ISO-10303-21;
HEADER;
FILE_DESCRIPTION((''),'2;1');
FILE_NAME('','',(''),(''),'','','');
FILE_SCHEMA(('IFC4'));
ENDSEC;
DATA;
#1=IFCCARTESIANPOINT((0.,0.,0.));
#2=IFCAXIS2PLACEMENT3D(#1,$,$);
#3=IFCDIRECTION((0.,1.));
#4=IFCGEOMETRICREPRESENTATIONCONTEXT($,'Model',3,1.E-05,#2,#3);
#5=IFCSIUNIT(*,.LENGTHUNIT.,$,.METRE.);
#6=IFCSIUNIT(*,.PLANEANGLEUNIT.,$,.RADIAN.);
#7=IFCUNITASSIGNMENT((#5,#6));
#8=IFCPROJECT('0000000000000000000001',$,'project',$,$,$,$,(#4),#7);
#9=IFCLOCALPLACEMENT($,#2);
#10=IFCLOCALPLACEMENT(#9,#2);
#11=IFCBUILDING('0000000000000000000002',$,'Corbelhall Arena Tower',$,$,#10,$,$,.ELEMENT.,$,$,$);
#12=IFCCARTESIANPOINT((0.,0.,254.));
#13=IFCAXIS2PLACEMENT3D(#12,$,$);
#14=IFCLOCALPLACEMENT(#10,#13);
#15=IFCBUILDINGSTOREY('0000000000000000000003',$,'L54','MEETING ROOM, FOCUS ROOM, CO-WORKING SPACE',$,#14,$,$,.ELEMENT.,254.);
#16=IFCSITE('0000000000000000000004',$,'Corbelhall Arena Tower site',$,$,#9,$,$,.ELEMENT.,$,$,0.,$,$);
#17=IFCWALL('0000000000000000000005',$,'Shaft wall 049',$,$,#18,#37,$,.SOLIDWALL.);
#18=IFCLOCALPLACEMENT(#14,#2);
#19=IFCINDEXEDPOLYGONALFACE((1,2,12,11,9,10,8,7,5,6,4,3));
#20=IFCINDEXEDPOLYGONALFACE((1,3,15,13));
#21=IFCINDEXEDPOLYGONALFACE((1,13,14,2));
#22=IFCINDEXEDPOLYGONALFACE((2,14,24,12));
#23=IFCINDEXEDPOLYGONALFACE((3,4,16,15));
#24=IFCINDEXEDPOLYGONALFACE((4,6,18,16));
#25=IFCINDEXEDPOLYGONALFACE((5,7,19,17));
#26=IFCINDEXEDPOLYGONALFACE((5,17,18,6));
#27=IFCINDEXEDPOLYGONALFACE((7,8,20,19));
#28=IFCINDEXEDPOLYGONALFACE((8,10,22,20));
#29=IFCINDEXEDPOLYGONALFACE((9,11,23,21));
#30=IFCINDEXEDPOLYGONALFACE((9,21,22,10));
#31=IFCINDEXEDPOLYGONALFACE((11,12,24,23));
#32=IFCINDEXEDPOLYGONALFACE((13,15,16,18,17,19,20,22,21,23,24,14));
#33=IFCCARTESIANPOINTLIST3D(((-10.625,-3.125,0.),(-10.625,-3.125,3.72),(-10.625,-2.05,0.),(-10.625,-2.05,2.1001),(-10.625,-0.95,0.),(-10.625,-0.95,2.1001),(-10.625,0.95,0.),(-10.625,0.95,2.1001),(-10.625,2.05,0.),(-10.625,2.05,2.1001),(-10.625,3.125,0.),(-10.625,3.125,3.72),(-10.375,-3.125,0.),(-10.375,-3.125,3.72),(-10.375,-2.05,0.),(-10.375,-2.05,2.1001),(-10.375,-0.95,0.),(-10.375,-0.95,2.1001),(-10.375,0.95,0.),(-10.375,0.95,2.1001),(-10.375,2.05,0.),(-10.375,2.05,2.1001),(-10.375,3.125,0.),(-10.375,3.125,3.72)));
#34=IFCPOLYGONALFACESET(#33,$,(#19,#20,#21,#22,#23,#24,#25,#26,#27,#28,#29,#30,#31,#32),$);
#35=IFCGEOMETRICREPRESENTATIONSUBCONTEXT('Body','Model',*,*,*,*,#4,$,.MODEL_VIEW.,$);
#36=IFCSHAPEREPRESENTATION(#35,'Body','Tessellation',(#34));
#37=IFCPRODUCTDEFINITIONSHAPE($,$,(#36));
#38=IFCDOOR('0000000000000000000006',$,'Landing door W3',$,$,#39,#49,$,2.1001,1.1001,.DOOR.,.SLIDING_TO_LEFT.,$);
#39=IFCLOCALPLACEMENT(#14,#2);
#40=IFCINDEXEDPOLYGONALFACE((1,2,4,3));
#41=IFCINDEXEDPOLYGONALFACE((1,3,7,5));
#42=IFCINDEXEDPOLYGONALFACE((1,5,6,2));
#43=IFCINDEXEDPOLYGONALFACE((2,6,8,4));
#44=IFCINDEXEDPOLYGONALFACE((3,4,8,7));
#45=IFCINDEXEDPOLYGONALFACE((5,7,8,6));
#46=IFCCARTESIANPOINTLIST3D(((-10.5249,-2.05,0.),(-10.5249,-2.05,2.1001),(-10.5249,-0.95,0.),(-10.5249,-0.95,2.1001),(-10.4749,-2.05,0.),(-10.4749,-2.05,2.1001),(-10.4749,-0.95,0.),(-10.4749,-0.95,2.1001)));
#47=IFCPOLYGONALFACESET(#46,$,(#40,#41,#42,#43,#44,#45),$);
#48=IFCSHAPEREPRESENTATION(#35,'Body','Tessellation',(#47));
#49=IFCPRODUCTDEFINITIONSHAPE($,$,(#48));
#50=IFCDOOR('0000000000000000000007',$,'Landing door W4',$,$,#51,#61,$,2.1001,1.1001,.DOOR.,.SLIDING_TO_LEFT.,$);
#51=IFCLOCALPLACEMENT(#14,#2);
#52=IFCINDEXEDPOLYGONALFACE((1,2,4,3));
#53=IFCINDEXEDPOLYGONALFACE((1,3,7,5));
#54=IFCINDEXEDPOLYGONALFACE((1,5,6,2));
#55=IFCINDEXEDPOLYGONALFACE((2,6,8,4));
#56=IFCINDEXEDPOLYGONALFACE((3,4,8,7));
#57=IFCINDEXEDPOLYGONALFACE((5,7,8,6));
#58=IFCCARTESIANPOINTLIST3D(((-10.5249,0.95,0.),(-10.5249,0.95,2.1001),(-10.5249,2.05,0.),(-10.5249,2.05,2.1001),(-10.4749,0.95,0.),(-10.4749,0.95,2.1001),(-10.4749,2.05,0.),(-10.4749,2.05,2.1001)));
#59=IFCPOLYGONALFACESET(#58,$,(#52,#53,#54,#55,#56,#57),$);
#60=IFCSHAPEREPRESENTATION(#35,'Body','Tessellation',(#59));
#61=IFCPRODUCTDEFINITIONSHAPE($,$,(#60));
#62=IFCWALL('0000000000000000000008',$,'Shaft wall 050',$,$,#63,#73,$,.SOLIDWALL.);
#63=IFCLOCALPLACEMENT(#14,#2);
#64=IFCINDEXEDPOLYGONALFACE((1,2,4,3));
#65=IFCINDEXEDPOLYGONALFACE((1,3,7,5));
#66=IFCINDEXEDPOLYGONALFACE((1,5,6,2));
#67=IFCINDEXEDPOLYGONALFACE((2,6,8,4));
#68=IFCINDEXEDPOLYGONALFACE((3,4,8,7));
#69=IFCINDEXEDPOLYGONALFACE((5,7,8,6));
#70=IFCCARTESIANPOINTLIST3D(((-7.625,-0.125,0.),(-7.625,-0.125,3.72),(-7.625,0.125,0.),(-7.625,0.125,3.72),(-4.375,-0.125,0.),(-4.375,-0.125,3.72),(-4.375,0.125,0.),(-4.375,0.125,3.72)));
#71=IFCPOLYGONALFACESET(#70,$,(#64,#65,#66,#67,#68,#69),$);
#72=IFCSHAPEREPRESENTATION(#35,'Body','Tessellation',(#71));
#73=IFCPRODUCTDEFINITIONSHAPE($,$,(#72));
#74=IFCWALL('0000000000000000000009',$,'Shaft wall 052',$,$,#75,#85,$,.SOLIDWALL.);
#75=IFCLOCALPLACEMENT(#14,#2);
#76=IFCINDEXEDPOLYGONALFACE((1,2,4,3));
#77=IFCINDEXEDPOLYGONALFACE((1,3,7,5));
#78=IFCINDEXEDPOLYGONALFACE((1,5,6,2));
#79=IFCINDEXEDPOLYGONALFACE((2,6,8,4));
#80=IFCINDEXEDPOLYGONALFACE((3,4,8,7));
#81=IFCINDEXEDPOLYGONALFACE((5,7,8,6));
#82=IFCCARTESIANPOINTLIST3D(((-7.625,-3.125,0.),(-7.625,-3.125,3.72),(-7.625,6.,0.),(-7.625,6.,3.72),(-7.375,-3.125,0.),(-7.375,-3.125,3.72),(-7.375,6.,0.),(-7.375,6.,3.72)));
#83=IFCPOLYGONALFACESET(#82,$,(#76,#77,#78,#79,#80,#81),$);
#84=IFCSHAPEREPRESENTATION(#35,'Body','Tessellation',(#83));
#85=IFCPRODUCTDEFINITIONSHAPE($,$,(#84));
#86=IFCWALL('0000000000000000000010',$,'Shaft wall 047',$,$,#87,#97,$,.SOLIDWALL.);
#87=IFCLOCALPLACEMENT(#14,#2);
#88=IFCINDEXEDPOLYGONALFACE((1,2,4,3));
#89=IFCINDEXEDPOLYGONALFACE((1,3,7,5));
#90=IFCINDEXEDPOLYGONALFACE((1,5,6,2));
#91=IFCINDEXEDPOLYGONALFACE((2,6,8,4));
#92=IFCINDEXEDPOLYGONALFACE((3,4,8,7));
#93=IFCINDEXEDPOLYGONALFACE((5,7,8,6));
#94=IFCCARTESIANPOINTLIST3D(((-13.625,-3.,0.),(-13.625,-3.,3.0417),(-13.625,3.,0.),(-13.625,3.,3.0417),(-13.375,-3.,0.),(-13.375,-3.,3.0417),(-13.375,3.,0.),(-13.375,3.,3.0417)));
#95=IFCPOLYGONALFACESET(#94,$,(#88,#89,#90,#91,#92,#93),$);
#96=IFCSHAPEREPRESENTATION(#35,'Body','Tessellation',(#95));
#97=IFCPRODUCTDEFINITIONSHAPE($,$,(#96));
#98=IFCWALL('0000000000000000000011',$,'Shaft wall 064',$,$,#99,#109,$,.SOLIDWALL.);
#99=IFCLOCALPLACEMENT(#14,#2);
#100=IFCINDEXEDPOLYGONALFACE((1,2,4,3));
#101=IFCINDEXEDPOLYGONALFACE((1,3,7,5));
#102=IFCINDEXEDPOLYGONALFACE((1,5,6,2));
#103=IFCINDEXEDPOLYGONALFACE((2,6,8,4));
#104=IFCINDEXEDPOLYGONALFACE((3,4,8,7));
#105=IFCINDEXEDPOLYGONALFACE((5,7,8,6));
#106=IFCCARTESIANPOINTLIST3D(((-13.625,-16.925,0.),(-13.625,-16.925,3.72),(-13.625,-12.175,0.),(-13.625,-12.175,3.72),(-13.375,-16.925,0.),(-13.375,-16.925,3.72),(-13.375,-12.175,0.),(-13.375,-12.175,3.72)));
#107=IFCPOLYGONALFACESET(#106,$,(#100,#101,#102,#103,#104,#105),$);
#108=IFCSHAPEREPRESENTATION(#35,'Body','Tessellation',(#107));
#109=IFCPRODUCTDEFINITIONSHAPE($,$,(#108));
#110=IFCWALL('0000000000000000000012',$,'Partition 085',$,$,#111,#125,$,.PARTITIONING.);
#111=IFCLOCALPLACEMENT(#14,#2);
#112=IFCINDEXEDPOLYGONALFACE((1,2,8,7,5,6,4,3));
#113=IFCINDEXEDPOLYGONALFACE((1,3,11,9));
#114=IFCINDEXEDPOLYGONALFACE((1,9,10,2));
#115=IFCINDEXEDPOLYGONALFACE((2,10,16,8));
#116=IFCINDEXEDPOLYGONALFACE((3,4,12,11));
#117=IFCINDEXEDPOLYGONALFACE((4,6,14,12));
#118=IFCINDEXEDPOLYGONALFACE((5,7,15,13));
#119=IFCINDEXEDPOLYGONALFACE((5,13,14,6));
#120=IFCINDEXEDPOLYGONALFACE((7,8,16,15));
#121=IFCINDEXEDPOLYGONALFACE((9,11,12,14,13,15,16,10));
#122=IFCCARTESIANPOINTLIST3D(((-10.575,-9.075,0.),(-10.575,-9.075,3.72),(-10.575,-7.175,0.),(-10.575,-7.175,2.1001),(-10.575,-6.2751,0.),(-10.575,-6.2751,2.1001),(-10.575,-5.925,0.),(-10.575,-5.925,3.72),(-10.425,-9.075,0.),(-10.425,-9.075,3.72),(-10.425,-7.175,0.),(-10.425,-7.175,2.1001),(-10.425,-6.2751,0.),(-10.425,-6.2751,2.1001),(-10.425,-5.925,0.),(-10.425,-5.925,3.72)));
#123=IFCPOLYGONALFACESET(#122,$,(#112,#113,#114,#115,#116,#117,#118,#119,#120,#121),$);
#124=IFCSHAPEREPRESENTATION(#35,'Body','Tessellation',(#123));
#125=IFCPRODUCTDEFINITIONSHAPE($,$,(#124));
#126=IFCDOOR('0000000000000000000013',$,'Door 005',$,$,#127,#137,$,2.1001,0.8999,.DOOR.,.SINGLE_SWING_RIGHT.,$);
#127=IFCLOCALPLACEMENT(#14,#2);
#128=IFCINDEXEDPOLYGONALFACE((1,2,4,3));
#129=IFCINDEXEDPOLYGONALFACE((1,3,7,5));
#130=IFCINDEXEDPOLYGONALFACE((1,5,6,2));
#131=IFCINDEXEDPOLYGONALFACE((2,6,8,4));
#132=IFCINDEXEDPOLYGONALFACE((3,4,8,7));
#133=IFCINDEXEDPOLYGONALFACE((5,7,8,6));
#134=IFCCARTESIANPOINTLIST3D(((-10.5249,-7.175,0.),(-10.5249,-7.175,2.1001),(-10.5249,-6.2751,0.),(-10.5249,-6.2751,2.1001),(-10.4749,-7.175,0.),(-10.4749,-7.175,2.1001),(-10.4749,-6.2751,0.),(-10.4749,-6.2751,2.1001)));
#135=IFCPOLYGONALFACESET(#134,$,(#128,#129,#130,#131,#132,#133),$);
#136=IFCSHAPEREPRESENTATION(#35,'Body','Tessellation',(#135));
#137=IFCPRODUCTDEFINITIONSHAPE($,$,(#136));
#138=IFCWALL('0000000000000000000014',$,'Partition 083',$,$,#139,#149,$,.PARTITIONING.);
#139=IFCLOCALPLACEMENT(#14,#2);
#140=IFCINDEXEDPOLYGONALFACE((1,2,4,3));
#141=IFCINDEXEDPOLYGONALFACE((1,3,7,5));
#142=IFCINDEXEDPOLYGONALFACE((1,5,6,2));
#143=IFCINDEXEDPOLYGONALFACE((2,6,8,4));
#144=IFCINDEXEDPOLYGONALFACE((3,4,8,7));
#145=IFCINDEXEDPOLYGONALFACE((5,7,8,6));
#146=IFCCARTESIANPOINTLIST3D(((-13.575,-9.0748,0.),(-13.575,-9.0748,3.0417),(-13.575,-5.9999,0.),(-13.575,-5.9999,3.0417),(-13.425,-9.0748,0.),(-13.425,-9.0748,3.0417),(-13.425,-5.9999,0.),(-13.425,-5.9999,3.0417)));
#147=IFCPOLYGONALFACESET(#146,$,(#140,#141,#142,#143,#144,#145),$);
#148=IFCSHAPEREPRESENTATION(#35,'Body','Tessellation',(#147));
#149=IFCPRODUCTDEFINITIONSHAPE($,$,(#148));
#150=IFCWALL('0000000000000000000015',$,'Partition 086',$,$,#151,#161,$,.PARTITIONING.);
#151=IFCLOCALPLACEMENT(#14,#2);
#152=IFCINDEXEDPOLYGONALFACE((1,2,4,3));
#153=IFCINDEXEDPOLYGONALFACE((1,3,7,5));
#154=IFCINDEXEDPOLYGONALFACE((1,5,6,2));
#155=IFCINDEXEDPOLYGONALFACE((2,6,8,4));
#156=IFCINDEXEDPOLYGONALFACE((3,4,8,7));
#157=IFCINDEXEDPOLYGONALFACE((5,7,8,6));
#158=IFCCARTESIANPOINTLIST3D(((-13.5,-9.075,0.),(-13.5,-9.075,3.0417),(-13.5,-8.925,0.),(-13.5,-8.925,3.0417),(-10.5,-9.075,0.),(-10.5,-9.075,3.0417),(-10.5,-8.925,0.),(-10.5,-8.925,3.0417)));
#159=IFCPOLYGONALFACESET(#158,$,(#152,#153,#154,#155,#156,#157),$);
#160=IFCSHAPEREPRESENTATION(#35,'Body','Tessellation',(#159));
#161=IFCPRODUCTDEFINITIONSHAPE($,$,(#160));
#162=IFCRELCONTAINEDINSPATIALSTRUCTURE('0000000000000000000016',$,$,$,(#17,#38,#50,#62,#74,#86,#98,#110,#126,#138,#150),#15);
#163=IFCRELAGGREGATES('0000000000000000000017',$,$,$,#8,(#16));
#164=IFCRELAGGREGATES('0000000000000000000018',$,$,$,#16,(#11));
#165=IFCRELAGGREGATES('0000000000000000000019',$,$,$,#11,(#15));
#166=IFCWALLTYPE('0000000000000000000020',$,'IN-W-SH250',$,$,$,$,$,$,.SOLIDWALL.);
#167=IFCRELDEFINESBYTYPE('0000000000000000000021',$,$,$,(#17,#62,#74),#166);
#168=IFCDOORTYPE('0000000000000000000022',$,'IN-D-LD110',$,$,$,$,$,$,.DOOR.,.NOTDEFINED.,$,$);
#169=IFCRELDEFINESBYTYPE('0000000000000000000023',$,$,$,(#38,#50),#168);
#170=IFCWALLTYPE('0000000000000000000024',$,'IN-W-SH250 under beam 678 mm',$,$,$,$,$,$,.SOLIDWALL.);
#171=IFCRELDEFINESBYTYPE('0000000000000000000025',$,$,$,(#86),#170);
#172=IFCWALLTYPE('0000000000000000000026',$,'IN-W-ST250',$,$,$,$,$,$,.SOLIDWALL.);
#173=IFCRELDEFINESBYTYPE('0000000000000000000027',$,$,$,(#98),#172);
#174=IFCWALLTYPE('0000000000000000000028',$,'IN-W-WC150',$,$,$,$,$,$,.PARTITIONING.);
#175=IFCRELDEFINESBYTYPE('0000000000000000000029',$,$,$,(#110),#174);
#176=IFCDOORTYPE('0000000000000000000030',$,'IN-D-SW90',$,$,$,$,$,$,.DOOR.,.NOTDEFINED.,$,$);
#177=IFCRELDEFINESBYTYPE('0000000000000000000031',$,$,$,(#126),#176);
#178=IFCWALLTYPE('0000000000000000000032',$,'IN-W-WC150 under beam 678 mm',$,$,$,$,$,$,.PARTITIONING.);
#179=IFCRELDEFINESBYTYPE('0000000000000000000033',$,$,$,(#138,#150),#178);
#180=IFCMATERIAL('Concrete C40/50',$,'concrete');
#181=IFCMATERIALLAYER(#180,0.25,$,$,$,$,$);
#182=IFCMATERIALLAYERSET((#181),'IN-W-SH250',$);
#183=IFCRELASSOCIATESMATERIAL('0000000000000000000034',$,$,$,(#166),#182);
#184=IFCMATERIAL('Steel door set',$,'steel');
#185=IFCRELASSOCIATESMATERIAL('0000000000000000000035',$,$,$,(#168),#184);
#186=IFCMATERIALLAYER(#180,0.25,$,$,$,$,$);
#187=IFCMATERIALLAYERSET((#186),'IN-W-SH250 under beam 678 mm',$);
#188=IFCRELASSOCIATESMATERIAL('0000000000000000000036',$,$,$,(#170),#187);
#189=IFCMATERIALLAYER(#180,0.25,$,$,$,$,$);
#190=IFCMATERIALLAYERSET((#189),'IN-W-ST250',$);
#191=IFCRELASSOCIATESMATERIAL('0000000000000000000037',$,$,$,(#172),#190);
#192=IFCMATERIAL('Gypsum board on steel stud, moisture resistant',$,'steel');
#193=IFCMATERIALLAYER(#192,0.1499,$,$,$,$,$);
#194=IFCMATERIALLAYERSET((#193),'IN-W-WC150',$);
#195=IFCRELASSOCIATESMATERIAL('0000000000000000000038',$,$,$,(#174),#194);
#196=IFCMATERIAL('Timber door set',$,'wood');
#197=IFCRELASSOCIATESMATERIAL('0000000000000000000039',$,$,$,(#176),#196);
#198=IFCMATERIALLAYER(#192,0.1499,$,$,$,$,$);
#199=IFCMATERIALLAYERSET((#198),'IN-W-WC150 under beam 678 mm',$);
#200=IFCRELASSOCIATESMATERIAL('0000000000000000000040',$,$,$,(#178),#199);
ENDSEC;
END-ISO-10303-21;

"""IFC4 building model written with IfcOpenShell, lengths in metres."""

from ifc_helpers import new_model, si_unit, direction, frame, frame_2d, origin, place, context, subcontext, project, spatial, rectangle, extrude, material, layer, layer_set, type_object, element, fill, save


model = new_model("IFC4")

# Units and contexts
model_context = context("Model", 3, precision=1e-05, world=origin(), true_north=direction((0.0, 1.0)))
body_context = subcontext(model_context, "Body", "Model", "MODEL_VIEW")
ifc_project = project(units=[si_unit("LENGTHUNIT", "METRE"), si_unit("PLANEANGLEUNIT", "RADIAN")], contexts=[model_context])

# Site, building, storey
site_placement = place(None, origin())
site = spatial("IfcSite", under=ifc_project, at=site_placement, Name="Corbelhall Arena Tower site", CompositionType="ELEMENT", RefElevation=0.0)
building_placement = place(site_placement, origin())
building = spatial("IfcBuilding", under=site, at=building_placement, Name="Corbelhall Arena Tower", CompositionType="ELEMENT")
storey_placement = place(building_placement, frame((0.0, 0.0, 254.0)))
storey = spatial("IfcBuildingStorey", under=building, at=storey_placement, Name="L54", Description="MEETING ROOM, FOCUS ROOM, CO-WORKING SPACE", CompositionType="ELEMENT", Elevation=254.0)

# Shared definitions
ifc_material_1 = material(Name="Steel door set", Category="steel")

# Wall, openings, doors
ifc_material_2 = material(Name="Concrete C40/50", Category="concrete")
ifc_layer_1 = layer(ifc_material_2, 0.25)
ifc_layer_set_1 = layer_set([ifc_layer_1], Name="IN-W-SH250")
wall_type_1 = type_object("IfcWallType", Name="IN-W-SH250", PredefinedType="SOLIDWALL", material=ifc_layer_set_1)
wall_1_placement = place(storey_placement, frame((-10.5, -3.125, 0.0), z_axis=(0.0, 0.0, 1.0), x_axis=(0.0, 1.0, 0.0)))
wall_1 = element("IfcWall", 1, at=wall_1_placement, inside=storey, type_object=wall_type_1, Name="Shaft wall 049", PredefinedType="SOLIDWALL", context=body_context, shape_type="SweptSolid", body=[
    extrude(rectangle(XDim=6.25, YDim=0.25, at=frame_2d((3.125, 0.0))), origin(), (0.0, 0.0, 1.0), 3.72),
])
opening_1_placement = place(wall_1_placement, frame((1.075, 0.0, 0.0)))
opening_1 = element("IfcOpeningElement", 2, at=opening_1_placement, cuts=wall_1, PredefinedType="OPENING", context=body_context, shape_type="SweptSolid", body=[
    extrude(rectangle(XDim=1.1001, YDim=2.1001, at=frame_2d((0.55, 1.05))), frame((0.0, 0.125, 0.0), z_axis=(0.0, -1.0, 0.0), x_axis=(1.0, 0.0, 0.0)), (0.0, 0.0, 1.0), 0.25),
])
opening_2_placement = place(wall_1_placement, frame((4.075, 0.0, 0.0)))
opening_2 = element("IfcOpeningElement", 3, at=opening_2_placement, cuts=wall_1, PredefinedType="OPENING", context=body_context, shape_type="SweptSolid", body=[
    extrude(rectangle(XDim=1.1001, YDim=2.1001, at=frame_2d((0.55, 1.05))), frame((0.0, 0.125, 0.0), z_axis=(0.0, -1.0, 0.0), x_axis=(1.0, 0.0, 0.0)), (0.0, 0.0, 1.0), 0.25),
])
door_type_1 = type_object("IfcDoorType", Name="IN-D-LD110", OperationType="NOTDEFINED", PredefinedType="DOOR", material=ifc_material_1)
door_1_placement = place(opening_1_placement, origin())
door_1 = element("IfcDoor", 4, at=door_1_placement, inside=storey, type_object=door_type_1, Name="Landing door W3", OperationType="SLIDING_TO_LEFT", OverallHeight=2.1001, OverallWidth=1.1001, PredefinedType="DOOR", context=body_context, shape_type="SweptSolid", body=[
    extrude(rectangle(XDim=1.1001, YDim=2.1001, at=frame_2d((0.55, 1.05))), frame((0.0, 0.0249, 0.0), z_axis=(0.0, -1.0, 0.0), x_axis=(1.0, 0.0, 0.0)), (0.0, 0.0, 1.0), 0.05),
])
fill(opening_1, door_1)
door_2_placement = place(opening_2_placement, origin())
door_2 = element("IfcDoor", 5, at=door_2_placement, inside=storey, type_object=door_type_1, Name="Landing door W4", OperationType="SLIDING_TO_LEFT", OverallHeight=2.1001, OverallWidth=1.1001, PredefinedType="DOOR", context=body_context, shape_type="SweptSolid", body=[
    extrude(rectangle(XDim=1.1001, YDim=2.1001, at=frame_2d((0.55, 1.05))), frame((0.0, 0.0249, 0.0), z_axis=(0.0, -1.0, 0.0), x_axis=(1.0, 0.0, 0.0)), (0.0, 0.0, 1.0), 0.05),
])
fill(opening_2, door_2)

# Walls
wall_2_placement = place(storey_placement, frame((-7.625, 0.0, 0.0), z_axis=(0.0, 0.0, 1.0), x_axis=(1.0, 0.0, 0.0)))
element("IfcWall", 6, at=wall_2_placement, inside=storey, type_object=wall_type_1, Name="Shaft wall 050", PredefinedType="SOLIDWALL", context=body_context, shape_type="SweptSolid", body=[
    extrude(rectangle(XDim=3.25, YDim=0.25, at=frame_2d((1.625, 0.0))), origin(), (0.0, 0.0, 1.0), 3.72),
])
wall_3_placement = place(storey_placement, frame((-7.5, -3.125, 0.0), z_axis=(0.0, 0.0, 1.0), x_axis=(0.0, 1.0, 0.0)))
element("IfcWall", 7, at=wall_3_placement, inside=storey, type_object=wall_type_1, Name="Shaft wall 052", PredefinedType="SOLIDWALL", context=body_context, shape_type="SweptSolid", body=[
    extrude(rectangle(XDim=9.125, YDim=0.25, at=frame_2d((4.5625, 0.0))), origin(), (0.0, 0.0, 1.0), 3.72),
])
ifc_layer_2 = layer(ifc_material_2, 0.25)
ifc_layer_set_2 = layer_set([ifc_layer_2], Name="IN-W-SH250 under beam 678 mm")
wall_type_2 = type_object("IfcWallType", Name="IN-W-SH250 under beam 678 mm", PredefinedType="SOLIDWALL", material=ifc_layer_set_2)
wall_4_placement = place(storey_placement, frame((-13.5, -3.0, 0.0), z_axis=(0.0, 0.0, 1.0), x_axis=(0.0, 1.0, 0.0)))
element("IfcWall", 8, at=wall_4_placement, inside=storey, type_object=wall_type_2, Name="Shaft wall 047", PredefinedType="SOLIDWALL", context=body_context, shape_type="SweptSolid", body=[
    extrude(rectangle(XDim=6.0, YDim=0.25, at=frame_2d((3.0, 0.0))), origin(), (0.0, 0.0, 1.0), 3.0417),
])
ifc_layer_3 = layer(ifc_material_2, 0.25)
ifc_layer_set_3 = layer_set([ifc_layer_3], Name="IN-W-ST250")
wall_type_3 = type_object("IfcWallType", Name="IN-W-ST250", PredefinedType="SOLIDWALL", material=ifc_layer_set_3)
wall_5_placement = place(storey_placement, frame((-13.5, -12.175, 0.0), z_axis=(0.0, 0.0, 1.0), x_axis=(0.0, -1.0, 0.0)))
element("IfcWall", 9, at=wall_5_placement, inside=storey, type_object=wall_type_3, Name="Shaft wall 064", PredefinedType="SOLIDWALL", context=body_context, shape_type="SweptSolid", body=[
    extrude(rectangle(XDim=4.75, YDim=0.25, at=frame_2d((2.375, 0.0))), origin(), (0.0, 0.0, 1.0), 3.72),
])

# Wall, opening, door
ifc_material_3 = material(Name="Gypsum board on steel stud, moisture resistant", Category="steel")
ifc_layer_4 = layer(ifc_material_3, 0.1499)
ifc_layer_set_4 = layer_set([ifc_layer_4], Name="IN-W-WC150")
wall_type_4 = type_object("IfcWallType", Name="IN-W-WC150", PredefinedType="PARTITIONING", material=ifc_layer_set_4)
wall_6_placement = place(storey_placement, frame((-10.5, -9.075, 0.0), z_axis=(0.0, 0.0, 1.0), x_axis=(0.0, 1.0, 0.0)))
wall_6 = element("IfcWall", 10, at=wall_6_placement, inside=storey, type_object=wall_type_4, Name="Partition 085", PredefinedType="PARTITIONING", context=body_context, shape_type="SweptSolid", body=[
    extrude(rectangle(XDim=3.1499, YDim=0.1499, at=frame_2d((1.575, 0.0))), origin(), (0.0, 0.0, 1.0), 3.72),
])
opening_3_placement = place(wall_6_placement, frame((1.8999, 0.0, 0.0)))
opening_3 = element("IfcOpeningElement", 11, at=opening_3_placement, cuts=wall_6, PredefinedType="OPENING", context=body_context, shape_type="SweptSolid", body=[
    extrude(rectangle(XDim=0.8999, YDim=2.1001, at=frame_2d((0.45, 1.05))), frame((0.0, 0.075, 0.0), z_axis=(0.0, -1.0, 0.0), x_axis=(1.0, 0.0, 0.0)), (0.0, 0.0, 1.0), 0.1499),
])
ifc_material_4 = material(Name="Timber door set", Category="wood")
door_type_2 = type_object("IfcDoorType", Name="IN-D-SW90", OperationType="NOTDEFINED", PredefinedType="DOOR", material=ifc_material_4)
door_3_placement = place(opening_3_placement, origin())
door_3 = element("IfcDoor", 12, at=door_3_placement, inside=storey, type_object=door_type_2, Name="Door 005", OperationType="SINGLE_SWING_RIGHT", OverallHeight=2.1001, OverallWidth=0.8999, PredefinedType="DOOR", context=body_context, shape_type="SweptSolid", body=[
    extrude(rectangle(XDim=0.8999, YDim=2.1001, at=frame_2d((0.45, 1.05))), frame((0.0, 0.0249, 0.0), z_axis=(0.0, -1.0, 0.0), x_axis=(1.0, 0.0, 0.0)), (0.0, 0.0, 1.0), 0.05),
])
fill(opening_3, door_3)

# Walls
ifc_layer_5 = layer(ifc_material_3, 0.1499)
ifc_layer_set_5 = layer_set([ifc_layer_5], Name="IN-W-WC150 under beam 678 mm")
wall_type_5 = type_object("IfcWallType", Name="IN-W-WC150 under beam 678 mm", PredefinedType="PARTITIONING", material=ifc_layer_set_5)
wall_7_placement = place(storey_placement, frame((-13.5, -9.075, 0.0), z_axis=(0.0, 0.0, 1.0), x_axis=(0.0, 1.0, 0.0)))
element("IfcWall", 13, at=wall_7_placement, inside=storey, type_object=wall_type_5, Name="Partition 083", PredefinedType="PARTITIONING", context=body_context, shape_type="SweptSolid", body=[
    extrude(rectangle(XDim=3.075, YDim=0.1499, at=frame_2d((1.5376, 0.0))), origin(), (0.0, 0.0, 1.0), 3.0417),
])
wall_8_placement = place(storey_placement, frame((-10.5, -9.0, 0.0), z_axis=(0.0, 0.0, 1.0), x_axis=(-1.0, 0.0, 0.0)))
element("IfcWall", 14, at=wall_8_placement, inside=storey, type_object=wall_type_5, Name="Partition 086", PredefinedType="PARTITIONING", context=body_context, shape_type="SweptSolid", body=[
    extrude(rectangle(XDim=3.0, YDim=0.1499, at=frame_2d((1.5, 0.0))), origin(), (0.0, 0.0, 1.0), 3.0417),
])

save(model, "model.ifc")
